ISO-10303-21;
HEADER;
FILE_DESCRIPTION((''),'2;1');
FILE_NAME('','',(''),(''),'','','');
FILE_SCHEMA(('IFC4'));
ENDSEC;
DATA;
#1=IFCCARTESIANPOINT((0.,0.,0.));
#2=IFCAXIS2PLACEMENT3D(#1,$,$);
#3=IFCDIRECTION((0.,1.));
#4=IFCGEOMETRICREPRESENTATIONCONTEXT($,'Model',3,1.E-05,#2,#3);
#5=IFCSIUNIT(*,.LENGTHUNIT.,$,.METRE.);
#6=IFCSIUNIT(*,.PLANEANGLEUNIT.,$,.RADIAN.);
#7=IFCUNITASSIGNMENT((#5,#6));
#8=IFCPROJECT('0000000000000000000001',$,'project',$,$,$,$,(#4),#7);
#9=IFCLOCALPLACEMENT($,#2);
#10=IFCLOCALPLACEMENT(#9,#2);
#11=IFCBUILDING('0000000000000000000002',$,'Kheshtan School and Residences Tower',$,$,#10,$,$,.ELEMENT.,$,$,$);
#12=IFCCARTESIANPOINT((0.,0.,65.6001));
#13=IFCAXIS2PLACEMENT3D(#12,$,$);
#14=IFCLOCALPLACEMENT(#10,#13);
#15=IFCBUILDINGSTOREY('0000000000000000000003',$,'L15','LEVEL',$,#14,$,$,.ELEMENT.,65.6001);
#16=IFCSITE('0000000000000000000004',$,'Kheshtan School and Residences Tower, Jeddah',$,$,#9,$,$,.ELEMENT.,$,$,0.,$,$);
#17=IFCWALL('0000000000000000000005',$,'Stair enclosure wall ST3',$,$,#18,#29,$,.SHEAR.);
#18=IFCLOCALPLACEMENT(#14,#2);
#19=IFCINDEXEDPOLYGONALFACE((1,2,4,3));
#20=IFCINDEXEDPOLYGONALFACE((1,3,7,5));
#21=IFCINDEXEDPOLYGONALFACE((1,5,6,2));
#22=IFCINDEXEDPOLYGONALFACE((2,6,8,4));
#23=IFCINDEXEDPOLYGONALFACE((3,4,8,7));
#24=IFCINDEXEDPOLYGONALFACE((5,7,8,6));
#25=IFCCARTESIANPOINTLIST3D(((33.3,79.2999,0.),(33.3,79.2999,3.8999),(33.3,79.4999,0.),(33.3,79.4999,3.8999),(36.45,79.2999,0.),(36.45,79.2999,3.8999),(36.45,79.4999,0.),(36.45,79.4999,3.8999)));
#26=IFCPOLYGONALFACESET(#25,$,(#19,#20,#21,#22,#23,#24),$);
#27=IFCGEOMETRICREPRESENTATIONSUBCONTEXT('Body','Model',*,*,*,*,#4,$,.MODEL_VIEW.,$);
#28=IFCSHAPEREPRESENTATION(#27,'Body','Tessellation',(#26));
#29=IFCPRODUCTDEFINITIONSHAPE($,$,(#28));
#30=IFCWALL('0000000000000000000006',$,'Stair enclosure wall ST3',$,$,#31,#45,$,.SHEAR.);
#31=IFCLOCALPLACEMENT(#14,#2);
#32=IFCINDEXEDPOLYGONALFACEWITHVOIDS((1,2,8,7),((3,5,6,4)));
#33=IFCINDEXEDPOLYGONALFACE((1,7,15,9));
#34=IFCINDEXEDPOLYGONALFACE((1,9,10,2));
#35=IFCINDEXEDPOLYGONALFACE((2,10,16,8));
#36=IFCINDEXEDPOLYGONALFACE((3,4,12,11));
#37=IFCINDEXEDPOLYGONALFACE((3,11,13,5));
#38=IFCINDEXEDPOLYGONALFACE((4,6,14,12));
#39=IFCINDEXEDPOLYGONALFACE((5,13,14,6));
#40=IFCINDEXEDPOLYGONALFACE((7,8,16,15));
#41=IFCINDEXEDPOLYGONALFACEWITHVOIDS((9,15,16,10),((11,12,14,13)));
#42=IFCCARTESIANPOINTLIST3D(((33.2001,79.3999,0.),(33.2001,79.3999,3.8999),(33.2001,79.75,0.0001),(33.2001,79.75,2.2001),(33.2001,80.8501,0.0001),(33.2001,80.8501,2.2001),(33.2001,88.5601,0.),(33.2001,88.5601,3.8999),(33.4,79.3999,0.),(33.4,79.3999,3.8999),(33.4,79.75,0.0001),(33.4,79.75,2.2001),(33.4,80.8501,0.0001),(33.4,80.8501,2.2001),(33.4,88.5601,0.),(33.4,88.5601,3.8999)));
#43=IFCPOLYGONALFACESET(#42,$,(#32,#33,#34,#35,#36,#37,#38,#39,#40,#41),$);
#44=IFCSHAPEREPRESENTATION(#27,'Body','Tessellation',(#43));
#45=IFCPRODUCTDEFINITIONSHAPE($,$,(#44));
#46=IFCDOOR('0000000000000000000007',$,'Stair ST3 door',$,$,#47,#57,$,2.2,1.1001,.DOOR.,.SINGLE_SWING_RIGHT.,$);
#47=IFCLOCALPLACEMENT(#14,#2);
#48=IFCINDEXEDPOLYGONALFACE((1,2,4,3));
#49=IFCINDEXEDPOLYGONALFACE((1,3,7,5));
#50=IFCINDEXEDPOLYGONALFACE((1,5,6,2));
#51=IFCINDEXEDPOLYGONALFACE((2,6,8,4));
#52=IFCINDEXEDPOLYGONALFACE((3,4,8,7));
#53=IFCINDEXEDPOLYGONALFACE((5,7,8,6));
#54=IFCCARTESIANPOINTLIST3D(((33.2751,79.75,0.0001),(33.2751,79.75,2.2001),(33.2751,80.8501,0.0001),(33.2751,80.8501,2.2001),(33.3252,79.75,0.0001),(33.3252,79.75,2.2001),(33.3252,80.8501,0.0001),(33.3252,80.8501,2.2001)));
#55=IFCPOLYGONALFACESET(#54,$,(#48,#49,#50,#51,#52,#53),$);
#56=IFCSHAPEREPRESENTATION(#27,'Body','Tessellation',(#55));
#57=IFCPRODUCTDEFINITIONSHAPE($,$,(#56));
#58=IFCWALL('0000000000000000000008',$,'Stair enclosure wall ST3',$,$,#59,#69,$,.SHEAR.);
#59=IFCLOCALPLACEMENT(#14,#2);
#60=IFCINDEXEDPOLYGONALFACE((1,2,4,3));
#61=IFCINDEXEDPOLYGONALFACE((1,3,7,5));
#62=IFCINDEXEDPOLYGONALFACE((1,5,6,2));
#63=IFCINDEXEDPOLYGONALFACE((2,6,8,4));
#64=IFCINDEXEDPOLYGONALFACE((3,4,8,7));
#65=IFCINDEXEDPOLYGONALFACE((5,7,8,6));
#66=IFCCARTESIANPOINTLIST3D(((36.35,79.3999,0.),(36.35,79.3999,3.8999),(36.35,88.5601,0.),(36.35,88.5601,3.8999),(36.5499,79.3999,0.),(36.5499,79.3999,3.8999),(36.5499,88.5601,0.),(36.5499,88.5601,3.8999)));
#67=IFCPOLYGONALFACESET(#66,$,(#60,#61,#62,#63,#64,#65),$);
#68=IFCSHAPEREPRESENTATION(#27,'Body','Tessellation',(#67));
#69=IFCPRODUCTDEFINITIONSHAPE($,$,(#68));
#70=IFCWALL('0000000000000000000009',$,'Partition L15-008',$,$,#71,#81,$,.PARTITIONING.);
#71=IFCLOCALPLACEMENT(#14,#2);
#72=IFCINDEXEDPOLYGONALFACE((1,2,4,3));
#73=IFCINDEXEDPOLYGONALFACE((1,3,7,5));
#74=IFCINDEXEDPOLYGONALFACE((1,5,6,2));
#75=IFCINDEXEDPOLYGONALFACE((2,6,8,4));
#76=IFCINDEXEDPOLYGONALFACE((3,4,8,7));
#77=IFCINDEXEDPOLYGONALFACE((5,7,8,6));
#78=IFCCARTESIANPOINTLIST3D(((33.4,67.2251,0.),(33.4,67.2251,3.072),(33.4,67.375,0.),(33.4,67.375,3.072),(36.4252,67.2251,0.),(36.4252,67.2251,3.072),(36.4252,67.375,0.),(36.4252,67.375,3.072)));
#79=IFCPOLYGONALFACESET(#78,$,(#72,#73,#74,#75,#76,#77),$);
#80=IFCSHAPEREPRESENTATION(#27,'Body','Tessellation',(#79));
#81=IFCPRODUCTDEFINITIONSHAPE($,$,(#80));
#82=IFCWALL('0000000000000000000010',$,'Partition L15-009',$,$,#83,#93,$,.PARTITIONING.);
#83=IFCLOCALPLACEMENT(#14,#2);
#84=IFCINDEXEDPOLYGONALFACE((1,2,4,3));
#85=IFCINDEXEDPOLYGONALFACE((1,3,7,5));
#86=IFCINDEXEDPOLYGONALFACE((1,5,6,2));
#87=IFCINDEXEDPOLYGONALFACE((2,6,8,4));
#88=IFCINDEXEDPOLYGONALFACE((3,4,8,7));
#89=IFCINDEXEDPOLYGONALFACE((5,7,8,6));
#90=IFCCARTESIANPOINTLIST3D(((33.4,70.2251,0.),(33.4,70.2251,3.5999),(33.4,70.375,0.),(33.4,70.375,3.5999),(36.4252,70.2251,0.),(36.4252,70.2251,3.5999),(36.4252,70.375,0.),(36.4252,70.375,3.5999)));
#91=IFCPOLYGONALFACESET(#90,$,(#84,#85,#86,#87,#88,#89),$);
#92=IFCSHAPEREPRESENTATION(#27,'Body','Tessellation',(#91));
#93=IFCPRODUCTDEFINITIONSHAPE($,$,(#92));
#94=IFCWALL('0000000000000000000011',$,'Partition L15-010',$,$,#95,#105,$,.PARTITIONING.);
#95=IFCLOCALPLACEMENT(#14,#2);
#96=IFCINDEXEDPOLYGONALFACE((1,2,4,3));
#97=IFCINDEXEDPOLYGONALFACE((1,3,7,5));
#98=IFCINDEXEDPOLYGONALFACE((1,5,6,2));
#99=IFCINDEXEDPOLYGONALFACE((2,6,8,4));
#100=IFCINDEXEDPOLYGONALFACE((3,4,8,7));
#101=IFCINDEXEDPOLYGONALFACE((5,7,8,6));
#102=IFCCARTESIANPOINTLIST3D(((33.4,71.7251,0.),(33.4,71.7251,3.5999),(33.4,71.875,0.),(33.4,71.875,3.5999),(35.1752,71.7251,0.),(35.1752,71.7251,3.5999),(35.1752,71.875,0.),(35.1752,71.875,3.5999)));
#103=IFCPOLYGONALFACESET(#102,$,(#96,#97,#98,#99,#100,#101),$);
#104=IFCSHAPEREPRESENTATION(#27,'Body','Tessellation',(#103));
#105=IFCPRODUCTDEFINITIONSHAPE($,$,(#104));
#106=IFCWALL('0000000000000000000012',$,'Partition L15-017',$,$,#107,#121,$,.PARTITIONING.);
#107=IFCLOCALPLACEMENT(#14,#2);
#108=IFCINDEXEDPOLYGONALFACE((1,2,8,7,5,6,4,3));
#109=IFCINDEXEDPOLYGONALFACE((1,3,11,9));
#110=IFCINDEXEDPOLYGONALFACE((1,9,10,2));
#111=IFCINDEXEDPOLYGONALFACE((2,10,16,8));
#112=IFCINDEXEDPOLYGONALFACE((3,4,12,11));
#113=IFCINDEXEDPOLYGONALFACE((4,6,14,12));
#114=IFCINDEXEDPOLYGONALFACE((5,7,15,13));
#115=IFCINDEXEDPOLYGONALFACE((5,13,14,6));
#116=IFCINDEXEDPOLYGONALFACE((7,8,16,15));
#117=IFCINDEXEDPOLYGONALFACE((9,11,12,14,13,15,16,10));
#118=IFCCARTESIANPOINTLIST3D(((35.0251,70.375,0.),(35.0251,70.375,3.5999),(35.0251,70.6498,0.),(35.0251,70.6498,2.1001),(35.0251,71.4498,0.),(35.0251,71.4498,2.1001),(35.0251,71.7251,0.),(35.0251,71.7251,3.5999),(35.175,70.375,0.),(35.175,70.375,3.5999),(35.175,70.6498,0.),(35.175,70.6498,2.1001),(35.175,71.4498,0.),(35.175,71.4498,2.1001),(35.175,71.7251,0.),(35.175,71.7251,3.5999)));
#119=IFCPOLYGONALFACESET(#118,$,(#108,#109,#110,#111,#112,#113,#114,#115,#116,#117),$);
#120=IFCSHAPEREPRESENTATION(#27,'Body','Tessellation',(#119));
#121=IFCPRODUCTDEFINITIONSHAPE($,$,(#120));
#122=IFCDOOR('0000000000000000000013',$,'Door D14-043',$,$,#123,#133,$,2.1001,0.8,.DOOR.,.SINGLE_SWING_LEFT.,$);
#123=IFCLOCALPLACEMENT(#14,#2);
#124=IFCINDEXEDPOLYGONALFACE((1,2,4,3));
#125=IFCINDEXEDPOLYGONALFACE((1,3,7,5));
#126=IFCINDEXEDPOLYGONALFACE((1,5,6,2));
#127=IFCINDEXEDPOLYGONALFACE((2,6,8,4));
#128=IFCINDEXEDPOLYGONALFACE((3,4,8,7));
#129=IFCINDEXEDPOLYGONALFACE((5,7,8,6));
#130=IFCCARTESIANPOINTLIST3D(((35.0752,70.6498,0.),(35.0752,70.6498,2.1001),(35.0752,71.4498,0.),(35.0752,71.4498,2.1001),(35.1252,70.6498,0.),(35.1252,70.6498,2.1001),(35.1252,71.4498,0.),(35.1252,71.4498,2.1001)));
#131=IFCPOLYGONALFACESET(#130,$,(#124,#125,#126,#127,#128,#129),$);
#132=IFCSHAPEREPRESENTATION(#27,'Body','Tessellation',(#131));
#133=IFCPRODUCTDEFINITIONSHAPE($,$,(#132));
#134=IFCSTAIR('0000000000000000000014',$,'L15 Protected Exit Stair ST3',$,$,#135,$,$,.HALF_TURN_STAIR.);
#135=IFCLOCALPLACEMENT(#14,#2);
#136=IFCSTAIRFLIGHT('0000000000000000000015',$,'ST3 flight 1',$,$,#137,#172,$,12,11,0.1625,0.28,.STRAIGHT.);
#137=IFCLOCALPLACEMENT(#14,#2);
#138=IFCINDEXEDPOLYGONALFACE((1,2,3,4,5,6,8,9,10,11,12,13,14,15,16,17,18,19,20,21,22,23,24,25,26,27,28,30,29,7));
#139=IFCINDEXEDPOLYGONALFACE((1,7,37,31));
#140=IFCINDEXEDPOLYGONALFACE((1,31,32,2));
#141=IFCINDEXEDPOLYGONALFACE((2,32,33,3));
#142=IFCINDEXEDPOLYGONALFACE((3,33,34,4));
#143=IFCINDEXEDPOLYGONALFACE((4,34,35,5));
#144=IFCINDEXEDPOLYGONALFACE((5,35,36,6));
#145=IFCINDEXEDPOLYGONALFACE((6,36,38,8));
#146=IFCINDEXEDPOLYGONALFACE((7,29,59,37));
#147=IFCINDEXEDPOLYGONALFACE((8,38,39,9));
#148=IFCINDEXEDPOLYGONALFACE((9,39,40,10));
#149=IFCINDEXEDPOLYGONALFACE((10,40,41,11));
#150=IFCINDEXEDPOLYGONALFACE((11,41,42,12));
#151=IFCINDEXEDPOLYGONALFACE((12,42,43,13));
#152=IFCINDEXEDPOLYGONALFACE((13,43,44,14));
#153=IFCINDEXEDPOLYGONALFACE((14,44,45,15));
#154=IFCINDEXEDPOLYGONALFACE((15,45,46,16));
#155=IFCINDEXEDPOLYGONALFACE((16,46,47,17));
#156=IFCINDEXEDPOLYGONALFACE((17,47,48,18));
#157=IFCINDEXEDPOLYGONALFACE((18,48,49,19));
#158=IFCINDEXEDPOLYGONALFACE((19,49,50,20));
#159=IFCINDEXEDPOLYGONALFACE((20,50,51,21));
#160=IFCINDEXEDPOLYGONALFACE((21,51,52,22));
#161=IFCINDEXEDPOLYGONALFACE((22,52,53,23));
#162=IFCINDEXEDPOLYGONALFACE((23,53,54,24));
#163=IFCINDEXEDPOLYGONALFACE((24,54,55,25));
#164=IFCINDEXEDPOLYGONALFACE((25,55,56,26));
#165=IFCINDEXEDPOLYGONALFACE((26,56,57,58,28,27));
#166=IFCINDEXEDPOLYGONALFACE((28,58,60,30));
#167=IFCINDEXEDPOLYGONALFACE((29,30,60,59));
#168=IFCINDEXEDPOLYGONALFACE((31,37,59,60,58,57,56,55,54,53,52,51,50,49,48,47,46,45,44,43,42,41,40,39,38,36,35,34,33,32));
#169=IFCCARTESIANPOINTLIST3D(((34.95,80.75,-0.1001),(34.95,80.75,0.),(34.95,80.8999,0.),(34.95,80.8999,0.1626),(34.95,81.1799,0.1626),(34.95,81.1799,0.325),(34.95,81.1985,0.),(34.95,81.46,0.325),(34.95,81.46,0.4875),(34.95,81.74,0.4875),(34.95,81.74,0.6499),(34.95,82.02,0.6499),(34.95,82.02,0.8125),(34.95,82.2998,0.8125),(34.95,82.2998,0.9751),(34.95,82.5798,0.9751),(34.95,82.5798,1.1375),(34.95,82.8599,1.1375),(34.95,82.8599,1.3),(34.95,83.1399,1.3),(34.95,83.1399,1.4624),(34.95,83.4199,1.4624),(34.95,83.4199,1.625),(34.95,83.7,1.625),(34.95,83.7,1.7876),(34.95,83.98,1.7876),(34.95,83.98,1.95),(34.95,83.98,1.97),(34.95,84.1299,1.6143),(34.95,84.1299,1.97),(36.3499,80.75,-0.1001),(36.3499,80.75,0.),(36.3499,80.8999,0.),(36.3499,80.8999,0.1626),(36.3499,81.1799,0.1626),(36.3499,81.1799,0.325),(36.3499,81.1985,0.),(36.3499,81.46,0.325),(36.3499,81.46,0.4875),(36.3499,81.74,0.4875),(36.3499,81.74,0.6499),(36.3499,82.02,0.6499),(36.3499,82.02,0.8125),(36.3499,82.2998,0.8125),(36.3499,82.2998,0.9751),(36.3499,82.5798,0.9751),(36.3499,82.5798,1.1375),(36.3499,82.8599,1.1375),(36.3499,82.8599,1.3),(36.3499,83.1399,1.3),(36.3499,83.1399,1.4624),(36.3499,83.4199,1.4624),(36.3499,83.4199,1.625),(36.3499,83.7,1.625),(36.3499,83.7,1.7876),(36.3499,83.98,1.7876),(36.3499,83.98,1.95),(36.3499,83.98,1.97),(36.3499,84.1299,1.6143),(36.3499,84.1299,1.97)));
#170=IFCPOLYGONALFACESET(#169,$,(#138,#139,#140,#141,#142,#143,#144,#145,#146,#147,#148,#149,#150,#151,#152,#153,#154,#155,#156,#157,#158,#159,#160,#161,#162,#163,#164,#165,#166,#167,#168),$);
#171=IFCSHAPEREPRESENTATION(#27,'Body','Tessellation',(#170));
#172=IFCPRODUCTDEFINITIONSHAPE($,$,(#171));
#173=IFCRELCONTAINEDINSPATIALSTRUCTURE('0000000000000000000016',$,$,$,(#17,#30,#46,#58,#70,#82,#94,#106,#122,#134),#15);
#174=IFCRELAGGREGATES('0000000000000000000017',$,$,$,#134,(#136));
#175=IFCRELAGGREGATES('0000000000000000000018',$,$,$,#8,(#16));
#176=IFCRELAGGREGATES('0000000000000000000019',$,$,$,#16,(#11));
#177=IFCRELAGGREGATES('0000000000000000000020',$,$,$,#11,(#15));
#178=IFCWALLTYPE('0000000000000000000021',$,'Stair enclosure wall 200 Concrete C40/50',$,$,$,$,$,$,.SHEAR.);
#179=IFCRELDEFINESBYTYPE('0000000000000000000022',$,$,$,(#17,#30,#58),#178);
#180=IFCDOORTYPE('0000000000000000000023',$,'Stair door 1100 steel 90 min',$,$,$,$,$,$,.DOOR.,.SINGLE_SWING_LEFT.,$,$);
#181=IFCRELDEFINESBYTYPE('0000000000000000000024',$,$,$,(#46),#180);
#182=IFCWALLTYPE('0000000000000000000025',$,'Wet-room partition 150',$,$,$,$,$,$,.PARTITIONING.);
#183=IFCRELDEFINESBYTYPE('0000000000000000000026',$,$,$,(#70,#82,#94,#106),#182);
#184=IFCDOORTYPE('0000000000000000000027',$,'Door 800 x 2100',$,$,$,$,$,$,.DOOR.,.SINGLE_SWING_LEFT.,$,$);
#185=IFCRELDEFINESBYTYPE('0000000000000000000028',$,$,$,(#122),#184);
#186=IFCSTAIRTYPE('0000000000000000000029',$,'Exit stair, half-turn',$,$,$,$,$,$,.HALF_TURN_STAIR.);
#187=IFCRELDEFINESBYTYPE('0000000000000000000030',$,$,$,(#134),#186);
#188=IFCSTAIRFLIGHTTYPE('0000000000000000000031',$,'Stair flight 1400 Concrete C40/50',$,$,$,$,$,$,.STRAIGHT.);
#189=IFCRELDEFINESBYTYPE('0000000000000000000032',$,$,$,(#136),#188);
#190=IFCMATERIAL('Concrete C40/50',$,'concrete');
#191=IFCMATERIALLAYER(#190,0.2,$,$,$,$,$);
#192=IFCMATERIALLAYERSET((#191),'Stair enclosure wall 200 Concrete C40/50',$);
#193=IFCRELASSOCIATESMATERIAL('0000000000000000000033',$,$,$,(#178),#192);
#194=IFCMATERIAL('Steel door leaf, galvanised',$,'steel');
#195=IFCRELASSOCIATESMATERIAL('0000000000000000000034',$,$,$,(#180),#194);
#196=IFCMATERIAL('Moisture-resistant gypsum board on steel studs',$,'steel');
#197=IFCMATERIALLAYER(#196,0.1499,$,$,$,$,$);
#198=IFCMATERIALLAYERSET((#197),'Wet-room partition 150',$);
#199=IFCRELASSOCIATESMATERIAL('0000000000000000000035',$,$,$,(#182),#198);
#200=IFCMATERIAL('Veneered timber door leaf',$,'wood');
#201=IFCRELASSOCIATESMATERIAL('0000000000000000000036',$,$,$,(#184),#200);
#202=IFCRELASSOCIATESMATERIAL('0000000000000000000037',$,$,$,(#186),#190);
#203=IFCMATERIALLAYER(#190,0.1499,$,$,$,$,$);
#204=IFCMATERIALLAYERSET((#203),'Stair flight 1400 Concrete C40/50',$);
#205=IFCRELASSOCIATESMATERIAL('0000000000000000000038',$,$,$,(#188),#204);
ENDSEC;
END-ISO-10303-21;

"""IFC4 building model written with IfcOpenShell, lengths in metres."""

from ifc_helpers import new_model, si_unit, direction, frame, frame_2d, origin, place, context, subcontext, project, spatial, polyline, rectangle, outline, extrude, source, transform, mapped, material, layer, layer_set, type_object, element, fill, aggregate, save


model = new_model("IFC4")

# Units and contexts
model_context = context("Model", 3, precision=1e-05, world=origin(), true_north=direction((0.0, 1.0)))
body_context = subcontext(model_context, "Body", "Model", "MODEL_VIEW")
ifc_project = project(units=[si_unit("LENGTHUNIT", "METRE"), si_unit("PLANEANGLEUNIT", "RADIAN")], contexts=[model_context])

# Site, building, storey
site_placement = place(None, origin())
site = spatial("IfcSite", under=ifc_project, at=site_placement, Name="Kheshtan School and Residences Tower, Jeddah", CompositionType="ELEMENT", RefElevation=0.0)
building_placement = place(site_placement, origin())
building = spatial("IfcBuilding", under=site, at=building_placement, Name="Kheshtan School and Residences Tower", CompositionType="ELEMENT")
storey_placement = place(building_placement, frame((0.0, 0.0, 65.6001)))
storey = spatial("IfcBuildingStorey", under=building, at=storey_placement, Name="L15", Description="LEVEL", CompositionType="ELEMENT", Elevation=65.6001)

# Shared definitions
ifc_material_1 = material(Name="Veneered timber door leaf", Category="wood")

# Wall
ifc_material_2 = material(Name="Concrete C40/50", Category="concrete")
ifc_layer_1 = layer(ifc_material_2, 0.2)
ifc_layer_set_1 = layer_set([ifc_layer_1], Name="Stair enclosure wall 200 Concrete C40/50")
wall_type_1 = type_object("IfcWallType", Name="Stair enclosure wall 200 Concrete C40/50", PredefinedType="SHEAR", material=ifc_layer_set_1)
wall_1_placement = place(storey_placement, frame((33.3, 79.3999, 0.0), z_axis=(0.0, 0.0, 1.0), x_axis=(1.0, 0.0, 0.0)))
element("IfcWall", 1, at=wall_1_placement, inside=storey, type_object=wall_type_1, Name="Stair enclosure wall ST3", PredefinedType="SHEAR", context=body_context, shape_type="SweptSolid", body=[
    extrude(rectangle(XDim=3.1499, YDim=0.2, at=frame_2d((1.575, 0.0))), origin(), (0.0, 0.0, 1.0), 3.8999),
])

# Wall, opening, door
wall_2_placement = place(storey_placement, frame((33.3, 79.3999, 0.0), z_axis=(0.0, 0.0, 1.0), x_axis=(0.0, 1.0, 0.0)))
wall_2 = element("IfcWall", 2, at=wall_2_placement, inside=storey, type_object=wall_type_1, Name="Stair enclosure wall ST3", PredefinedType="SHEAR", context=body_context, shape_type="SweptSolid", body=[
    extrude(rectangle(XDim=9.1602, YDim=0.2, at=frame_2d((4.5801, 0.0))), origin(), (0.0, 0.0, 1.0), 3.8999),
])
opening_1_placement = place(wall_2_placement, frame((0.3501, 0.0, 0.0)))
opening_1 = element("IfcOpeningElement", 3, at=opening_1_placement, cuts=wall_2, PredefinedType="OPENING", context=body_context, shape_type="SweptSolid", body=[
    extrude(rectangle(XDim=1.1001, YDim=2.2, at=frame_2d((0.55, 1.1001))), frame((0.0, 0.1099, 0.0), z_axis=(0.0, -1.0, 0.0), x_axis=(1.0, 0.0, 0.0)), (0.0, 0.0, 1.0), 0.22),
])
ifc_material_3 = material(Name="Steel door leaf, galvanised", Category="steel")
door_type_1 = type_object("IfcDoorType", Name="Stair door 1100 steel 90 min", OperationType="SINGLE_SWING_LEFT", PredefinedType="DOOR", material=ifc_material_3)
shared_shape_1 = source(origin(), body_context, "Body", "SweptSolid", [
    extrude(rectangle(XDim=1.1001, YDim=2.2, at=frame_2d((0.55, 1.1001))), frame((0.0, 0.0249, 0.0), z_axis=(0.0, -1.0, 0.0), x_axis=(1.0, 0.0, 0.0)), (0.0, 0.0, 1.0), 0.05),
])
door_1_placement = place(opening_1_placement, origin())
door_1 = element("IfcDoor", 4, at=door_1_placement, inside=storey, type_object=door_type_1, Name="Stair ST3 door", OperationType="SINGLE_SWING_RIGHT", OverallHeight=2.2, OverallWidth=1.1001, PredefinedType="DOOR", context=body_context, shape_type="MappedRepresentation", body=[
    mapped(shared_shape_1, transform((0.0, 0.0, 0.0), x_axis=(1.0, 0.0, 0.0), y_axis=(0.0, 1.0, 0.0), z_axis=(0.0, 0.0, 1.0), scale=1.0)),
])
fill(opening_1, door_1)

# Walls
wall_3_placement = place(storey_placement, frame((36.45, 79.3999, 0.0), z_axis=(0.0, 0.0, 1.0), x_axis=(0.0, 1.0, 0.0)))
element("IfcWall", 5, at=wall_3_placement, inside=storey, type_object=wall_type_1, Name="Stair enclosure wall ST3", PredefinedType="SHEAR", context=body_context, shape_type="SweptSolid", body=[
    extrude(rectangle(XDim=9.1602, YDim=0.2, at=frame_2d((4.5801, 0.0))), origin(), (0.0, 0.0, 1.0), 3.8999),
])
ifc_material_4 = material(Name="Moisture-resistant gypsum board on steel studs", Category="steel")
ifc_layer_2 = layer(ifc_material_4, 0.1499)
ifc_layer_set_2 = layer_set([ifc_layer_2], Name="Wet-room partition 150")
wall_type_2 = type_object("IfcWallType", Name="Wet-room partition 150", PredefinedType="PARTITIONING", material=ifc_layer_set_2)
wall_4_placement = place(storey_placement, frame((33.3999, 67.3, 0.0), z_axis=(0.0, 0.0, 1.0), x_axis=(1.0, 0.0, 0.0)))
element("IfcWall", 6, at=wall_4_placement, inside=storey, type_object=wall_type_2, Name="Partition L15-008", PredefinedType="PARTITIONING", context=body_context, shape_type="SweptSolid", body=[
    extrude(rectangle(XDim=3.0251, YDim=0.1499, at=frame_2d((1.5127, 0.0))), origin(), (0.0, 0.0, 1.0), 3.072),
])
wall_5_placement = place(storey_placement, frame((33.3999, 70.3, 0.0), z_axis=(0.0, 0.0, 1.0), x_axis=(1.0, 0.0, 0.0)))
element("IfcWall", 7, at=wall_5_placement, inside=storey, type_object=wall_type_2, Name="Partition L15-009", PredefinedType="PARTITIONING", context=body_context, shape_type="SweptSolid", body=[
    extrude(rectangle(XDim=3.0251, YDim=0.1499, at=frame_2d((1.5127, 0.0))), origin(), (0.0, 0.0, 1.0), 3.5999),
])
wall_6_placement = place(storey_placement, frame((33.3999, 71.8, 0.0), z_axis=(0.0, 0.0, 1.0), x_axis=(1.0, 0.0, 0.0)))
element("IfcWall", 8, at=wall_6_placement, inside=storey, type_object=wall_type_2, Name="Partition L15-010", PredefinedType="PARTITIONING", context=body_context, shape_type="SweptSolid", body=[
    extrude(rectangle(XDim=1.7751, YDim=0.1499, at=frame_2d((0.8877, 0.0))), origin(), (0.0, 0.0, 1.0), 3.5999),
])

# Wall, opening, door
wall_7_placement = place(storey_placement, frame((35.1001, 70.375, 0.0), z_axis=(0.0, 0.0, 1.0), x_axis=(0.0, 1.0, 0.0)))
wall_7 = element("IfcWall", 9, at=wall_7_placement, inside=storey, type_object=wall_type_2, Name="Partition L15-017", PredefinedType="PARTITIONING", context=body_context, shape_type="SweptSolid", body=[
    extrude(rectangle(XDim=1.3501, YDim=0.1499, at=frame_2d((0.675, 0.0))), origin(), (0.0, 0.0, 1.0), 3.5999),
])
opening_2_placement = place(wall_7_placement, frame((0.2749, 0.0, 0.0)))
opening_2 = element("IfcOpeningElement", 10, at=opening_2_placement, cuts=wall_7, PredefinedType="OPENING", context=body_context, shape_type="SweptSolid", body=[
    extrude(rectangle(XDim=0.8, YDim=2.1001, at=frame_2d((0.3999, 1.05))), frame((0.0, 0.085, 0.0), z_axis=(0.0, -1.0, 0.0), x_axis=(1.0, 0.0, 0.0)), (0.0, 0.0, 1.0), 0.1699),
])
door_type_2 = type_object("IfcDoorType", Name="Door 800 x 2100", OperationType="SINGLE_SWING_LEFT", PredefinedType="DOOR", material=ifc_material_1)
shared_shape_2 = source(origin(), body_context, "Body", "SweptSolid", [
    extrude(rectangle(XDim=0.8, YDim=2.1001, at=frame_2d((0.3999, 1.05))), frame((0.0, 0.0249, 0.0), z_axis=(0.0, -1.0, 0.0), x_axis=(1.0, 0.0, 0.0)), (0.0, 0.0, 1.0), 0.05),
])
door_2_placement = place(opening_2_placement, origin())
door_2 = element("IfcDoor", 11, at=door_2_placement, inside=storey, type_object=door_type_2, Name="Door D14-043", OperationType="SINGLE_SWING_LEFT", OverallHeight=2.1001, OverallWidth=0.8, PredefinedType="DOOR", context=body_context, shape_type="MappedRepresentation", body=[
    mapped(shared_shape_2, transform((0.0, 0.0, 0.0), x_axis=(1.0, 0.0, 0.0), y_axis=(0.0, 1.0, 0.0), z_axis=(0.0, 0.0, 1.0), scale=1.0)),
])
fill(opening_2, door_2)

# Stair, stair flight
stair_type = type_object("IfcStairType", Name="Exit stair, half-turn", PredefinedType="HALF_TURN_STAIR", material=ifc_material_2)
stair_placement = place(storey_placement, origin())
stair = element("IfcStair", 12, at=stair_placement, inside=storey, type_object=stair_type, Name="L15 Protected Exit Stair ST3", PredefinedType="HALF_TURN_STAIR")
ifc_layer_3 = layer(ifc_material_2, 0.1499)
ifc_layer_set_3 = layer_set([ifc_layer_3], Name="Stair flight 1400 Concrete C40/50")
stair_flight_type = type_object("IfcStairFlightType", Name="Stair flight 1400 Concrete C40/50", PredefinedType="STRAIGHT", material=ifc_layer_set_3)
stair_flight_placement = place(storey_placement, frame((35.6499, 80.8999, 0.0), z_axis=(0.0, 0.0, 1.0), x_axis=(0.0, 1.0, 0.0)))
stair_flight = element("IfcStairFlight", 13, at=stair_flight_placement, type_object=stair_flight_type, Name="ST3 flight 1", NumberOfRisers=12, NumberOfTreads=11, PredefinedType="STRAIGHT", RiserHeight=0.1625, TreadLength=0.28, context=body_context, shape_type="SweptSolid", body=[
    extrude(outline(polyline([(-0.1499, -0.1001), (-0.1499, 0.0), (0.0, 0.0), (0.0, 0.1626), (0.28, 0.1626), (0.28, 0.325), (0.5601, 0.325), (0.5601, 0.4875), (0.8401, 0.4875), (0.8401, 0.6499), (1.1201, 0.6499), (1.1201, 0.8125), (1.3999, 0.8125), (1.3999, 0.9751), (1.6799, 0.9751), (1.6799, 1.1375), (1.96, 1.1375), (1.96, 1.3), (2.24, 1.3), (2.24, 1.4624), (2.52, 1.4624), (2.52, 1.625), (2.8, 1.625), (2.8, 1.7876), (3.0801, 1.7876), (3.0801, 1.95), (3.0801, 1.97), (3.23, 1.97), (3.23, 1.6143), (0.2986, 0.0), (-0.1499, -0.1001)])), frame((0.0, 0.7, 0.0), z_axis=(0.0, -1.0, 0.0), x_axis=(1.0, 0.0, 0.0)), (0.0, 0.0, 1.0), 1.3999),
])
aggregate(stair, [stair_flight])

save(model, "model.ifc")
